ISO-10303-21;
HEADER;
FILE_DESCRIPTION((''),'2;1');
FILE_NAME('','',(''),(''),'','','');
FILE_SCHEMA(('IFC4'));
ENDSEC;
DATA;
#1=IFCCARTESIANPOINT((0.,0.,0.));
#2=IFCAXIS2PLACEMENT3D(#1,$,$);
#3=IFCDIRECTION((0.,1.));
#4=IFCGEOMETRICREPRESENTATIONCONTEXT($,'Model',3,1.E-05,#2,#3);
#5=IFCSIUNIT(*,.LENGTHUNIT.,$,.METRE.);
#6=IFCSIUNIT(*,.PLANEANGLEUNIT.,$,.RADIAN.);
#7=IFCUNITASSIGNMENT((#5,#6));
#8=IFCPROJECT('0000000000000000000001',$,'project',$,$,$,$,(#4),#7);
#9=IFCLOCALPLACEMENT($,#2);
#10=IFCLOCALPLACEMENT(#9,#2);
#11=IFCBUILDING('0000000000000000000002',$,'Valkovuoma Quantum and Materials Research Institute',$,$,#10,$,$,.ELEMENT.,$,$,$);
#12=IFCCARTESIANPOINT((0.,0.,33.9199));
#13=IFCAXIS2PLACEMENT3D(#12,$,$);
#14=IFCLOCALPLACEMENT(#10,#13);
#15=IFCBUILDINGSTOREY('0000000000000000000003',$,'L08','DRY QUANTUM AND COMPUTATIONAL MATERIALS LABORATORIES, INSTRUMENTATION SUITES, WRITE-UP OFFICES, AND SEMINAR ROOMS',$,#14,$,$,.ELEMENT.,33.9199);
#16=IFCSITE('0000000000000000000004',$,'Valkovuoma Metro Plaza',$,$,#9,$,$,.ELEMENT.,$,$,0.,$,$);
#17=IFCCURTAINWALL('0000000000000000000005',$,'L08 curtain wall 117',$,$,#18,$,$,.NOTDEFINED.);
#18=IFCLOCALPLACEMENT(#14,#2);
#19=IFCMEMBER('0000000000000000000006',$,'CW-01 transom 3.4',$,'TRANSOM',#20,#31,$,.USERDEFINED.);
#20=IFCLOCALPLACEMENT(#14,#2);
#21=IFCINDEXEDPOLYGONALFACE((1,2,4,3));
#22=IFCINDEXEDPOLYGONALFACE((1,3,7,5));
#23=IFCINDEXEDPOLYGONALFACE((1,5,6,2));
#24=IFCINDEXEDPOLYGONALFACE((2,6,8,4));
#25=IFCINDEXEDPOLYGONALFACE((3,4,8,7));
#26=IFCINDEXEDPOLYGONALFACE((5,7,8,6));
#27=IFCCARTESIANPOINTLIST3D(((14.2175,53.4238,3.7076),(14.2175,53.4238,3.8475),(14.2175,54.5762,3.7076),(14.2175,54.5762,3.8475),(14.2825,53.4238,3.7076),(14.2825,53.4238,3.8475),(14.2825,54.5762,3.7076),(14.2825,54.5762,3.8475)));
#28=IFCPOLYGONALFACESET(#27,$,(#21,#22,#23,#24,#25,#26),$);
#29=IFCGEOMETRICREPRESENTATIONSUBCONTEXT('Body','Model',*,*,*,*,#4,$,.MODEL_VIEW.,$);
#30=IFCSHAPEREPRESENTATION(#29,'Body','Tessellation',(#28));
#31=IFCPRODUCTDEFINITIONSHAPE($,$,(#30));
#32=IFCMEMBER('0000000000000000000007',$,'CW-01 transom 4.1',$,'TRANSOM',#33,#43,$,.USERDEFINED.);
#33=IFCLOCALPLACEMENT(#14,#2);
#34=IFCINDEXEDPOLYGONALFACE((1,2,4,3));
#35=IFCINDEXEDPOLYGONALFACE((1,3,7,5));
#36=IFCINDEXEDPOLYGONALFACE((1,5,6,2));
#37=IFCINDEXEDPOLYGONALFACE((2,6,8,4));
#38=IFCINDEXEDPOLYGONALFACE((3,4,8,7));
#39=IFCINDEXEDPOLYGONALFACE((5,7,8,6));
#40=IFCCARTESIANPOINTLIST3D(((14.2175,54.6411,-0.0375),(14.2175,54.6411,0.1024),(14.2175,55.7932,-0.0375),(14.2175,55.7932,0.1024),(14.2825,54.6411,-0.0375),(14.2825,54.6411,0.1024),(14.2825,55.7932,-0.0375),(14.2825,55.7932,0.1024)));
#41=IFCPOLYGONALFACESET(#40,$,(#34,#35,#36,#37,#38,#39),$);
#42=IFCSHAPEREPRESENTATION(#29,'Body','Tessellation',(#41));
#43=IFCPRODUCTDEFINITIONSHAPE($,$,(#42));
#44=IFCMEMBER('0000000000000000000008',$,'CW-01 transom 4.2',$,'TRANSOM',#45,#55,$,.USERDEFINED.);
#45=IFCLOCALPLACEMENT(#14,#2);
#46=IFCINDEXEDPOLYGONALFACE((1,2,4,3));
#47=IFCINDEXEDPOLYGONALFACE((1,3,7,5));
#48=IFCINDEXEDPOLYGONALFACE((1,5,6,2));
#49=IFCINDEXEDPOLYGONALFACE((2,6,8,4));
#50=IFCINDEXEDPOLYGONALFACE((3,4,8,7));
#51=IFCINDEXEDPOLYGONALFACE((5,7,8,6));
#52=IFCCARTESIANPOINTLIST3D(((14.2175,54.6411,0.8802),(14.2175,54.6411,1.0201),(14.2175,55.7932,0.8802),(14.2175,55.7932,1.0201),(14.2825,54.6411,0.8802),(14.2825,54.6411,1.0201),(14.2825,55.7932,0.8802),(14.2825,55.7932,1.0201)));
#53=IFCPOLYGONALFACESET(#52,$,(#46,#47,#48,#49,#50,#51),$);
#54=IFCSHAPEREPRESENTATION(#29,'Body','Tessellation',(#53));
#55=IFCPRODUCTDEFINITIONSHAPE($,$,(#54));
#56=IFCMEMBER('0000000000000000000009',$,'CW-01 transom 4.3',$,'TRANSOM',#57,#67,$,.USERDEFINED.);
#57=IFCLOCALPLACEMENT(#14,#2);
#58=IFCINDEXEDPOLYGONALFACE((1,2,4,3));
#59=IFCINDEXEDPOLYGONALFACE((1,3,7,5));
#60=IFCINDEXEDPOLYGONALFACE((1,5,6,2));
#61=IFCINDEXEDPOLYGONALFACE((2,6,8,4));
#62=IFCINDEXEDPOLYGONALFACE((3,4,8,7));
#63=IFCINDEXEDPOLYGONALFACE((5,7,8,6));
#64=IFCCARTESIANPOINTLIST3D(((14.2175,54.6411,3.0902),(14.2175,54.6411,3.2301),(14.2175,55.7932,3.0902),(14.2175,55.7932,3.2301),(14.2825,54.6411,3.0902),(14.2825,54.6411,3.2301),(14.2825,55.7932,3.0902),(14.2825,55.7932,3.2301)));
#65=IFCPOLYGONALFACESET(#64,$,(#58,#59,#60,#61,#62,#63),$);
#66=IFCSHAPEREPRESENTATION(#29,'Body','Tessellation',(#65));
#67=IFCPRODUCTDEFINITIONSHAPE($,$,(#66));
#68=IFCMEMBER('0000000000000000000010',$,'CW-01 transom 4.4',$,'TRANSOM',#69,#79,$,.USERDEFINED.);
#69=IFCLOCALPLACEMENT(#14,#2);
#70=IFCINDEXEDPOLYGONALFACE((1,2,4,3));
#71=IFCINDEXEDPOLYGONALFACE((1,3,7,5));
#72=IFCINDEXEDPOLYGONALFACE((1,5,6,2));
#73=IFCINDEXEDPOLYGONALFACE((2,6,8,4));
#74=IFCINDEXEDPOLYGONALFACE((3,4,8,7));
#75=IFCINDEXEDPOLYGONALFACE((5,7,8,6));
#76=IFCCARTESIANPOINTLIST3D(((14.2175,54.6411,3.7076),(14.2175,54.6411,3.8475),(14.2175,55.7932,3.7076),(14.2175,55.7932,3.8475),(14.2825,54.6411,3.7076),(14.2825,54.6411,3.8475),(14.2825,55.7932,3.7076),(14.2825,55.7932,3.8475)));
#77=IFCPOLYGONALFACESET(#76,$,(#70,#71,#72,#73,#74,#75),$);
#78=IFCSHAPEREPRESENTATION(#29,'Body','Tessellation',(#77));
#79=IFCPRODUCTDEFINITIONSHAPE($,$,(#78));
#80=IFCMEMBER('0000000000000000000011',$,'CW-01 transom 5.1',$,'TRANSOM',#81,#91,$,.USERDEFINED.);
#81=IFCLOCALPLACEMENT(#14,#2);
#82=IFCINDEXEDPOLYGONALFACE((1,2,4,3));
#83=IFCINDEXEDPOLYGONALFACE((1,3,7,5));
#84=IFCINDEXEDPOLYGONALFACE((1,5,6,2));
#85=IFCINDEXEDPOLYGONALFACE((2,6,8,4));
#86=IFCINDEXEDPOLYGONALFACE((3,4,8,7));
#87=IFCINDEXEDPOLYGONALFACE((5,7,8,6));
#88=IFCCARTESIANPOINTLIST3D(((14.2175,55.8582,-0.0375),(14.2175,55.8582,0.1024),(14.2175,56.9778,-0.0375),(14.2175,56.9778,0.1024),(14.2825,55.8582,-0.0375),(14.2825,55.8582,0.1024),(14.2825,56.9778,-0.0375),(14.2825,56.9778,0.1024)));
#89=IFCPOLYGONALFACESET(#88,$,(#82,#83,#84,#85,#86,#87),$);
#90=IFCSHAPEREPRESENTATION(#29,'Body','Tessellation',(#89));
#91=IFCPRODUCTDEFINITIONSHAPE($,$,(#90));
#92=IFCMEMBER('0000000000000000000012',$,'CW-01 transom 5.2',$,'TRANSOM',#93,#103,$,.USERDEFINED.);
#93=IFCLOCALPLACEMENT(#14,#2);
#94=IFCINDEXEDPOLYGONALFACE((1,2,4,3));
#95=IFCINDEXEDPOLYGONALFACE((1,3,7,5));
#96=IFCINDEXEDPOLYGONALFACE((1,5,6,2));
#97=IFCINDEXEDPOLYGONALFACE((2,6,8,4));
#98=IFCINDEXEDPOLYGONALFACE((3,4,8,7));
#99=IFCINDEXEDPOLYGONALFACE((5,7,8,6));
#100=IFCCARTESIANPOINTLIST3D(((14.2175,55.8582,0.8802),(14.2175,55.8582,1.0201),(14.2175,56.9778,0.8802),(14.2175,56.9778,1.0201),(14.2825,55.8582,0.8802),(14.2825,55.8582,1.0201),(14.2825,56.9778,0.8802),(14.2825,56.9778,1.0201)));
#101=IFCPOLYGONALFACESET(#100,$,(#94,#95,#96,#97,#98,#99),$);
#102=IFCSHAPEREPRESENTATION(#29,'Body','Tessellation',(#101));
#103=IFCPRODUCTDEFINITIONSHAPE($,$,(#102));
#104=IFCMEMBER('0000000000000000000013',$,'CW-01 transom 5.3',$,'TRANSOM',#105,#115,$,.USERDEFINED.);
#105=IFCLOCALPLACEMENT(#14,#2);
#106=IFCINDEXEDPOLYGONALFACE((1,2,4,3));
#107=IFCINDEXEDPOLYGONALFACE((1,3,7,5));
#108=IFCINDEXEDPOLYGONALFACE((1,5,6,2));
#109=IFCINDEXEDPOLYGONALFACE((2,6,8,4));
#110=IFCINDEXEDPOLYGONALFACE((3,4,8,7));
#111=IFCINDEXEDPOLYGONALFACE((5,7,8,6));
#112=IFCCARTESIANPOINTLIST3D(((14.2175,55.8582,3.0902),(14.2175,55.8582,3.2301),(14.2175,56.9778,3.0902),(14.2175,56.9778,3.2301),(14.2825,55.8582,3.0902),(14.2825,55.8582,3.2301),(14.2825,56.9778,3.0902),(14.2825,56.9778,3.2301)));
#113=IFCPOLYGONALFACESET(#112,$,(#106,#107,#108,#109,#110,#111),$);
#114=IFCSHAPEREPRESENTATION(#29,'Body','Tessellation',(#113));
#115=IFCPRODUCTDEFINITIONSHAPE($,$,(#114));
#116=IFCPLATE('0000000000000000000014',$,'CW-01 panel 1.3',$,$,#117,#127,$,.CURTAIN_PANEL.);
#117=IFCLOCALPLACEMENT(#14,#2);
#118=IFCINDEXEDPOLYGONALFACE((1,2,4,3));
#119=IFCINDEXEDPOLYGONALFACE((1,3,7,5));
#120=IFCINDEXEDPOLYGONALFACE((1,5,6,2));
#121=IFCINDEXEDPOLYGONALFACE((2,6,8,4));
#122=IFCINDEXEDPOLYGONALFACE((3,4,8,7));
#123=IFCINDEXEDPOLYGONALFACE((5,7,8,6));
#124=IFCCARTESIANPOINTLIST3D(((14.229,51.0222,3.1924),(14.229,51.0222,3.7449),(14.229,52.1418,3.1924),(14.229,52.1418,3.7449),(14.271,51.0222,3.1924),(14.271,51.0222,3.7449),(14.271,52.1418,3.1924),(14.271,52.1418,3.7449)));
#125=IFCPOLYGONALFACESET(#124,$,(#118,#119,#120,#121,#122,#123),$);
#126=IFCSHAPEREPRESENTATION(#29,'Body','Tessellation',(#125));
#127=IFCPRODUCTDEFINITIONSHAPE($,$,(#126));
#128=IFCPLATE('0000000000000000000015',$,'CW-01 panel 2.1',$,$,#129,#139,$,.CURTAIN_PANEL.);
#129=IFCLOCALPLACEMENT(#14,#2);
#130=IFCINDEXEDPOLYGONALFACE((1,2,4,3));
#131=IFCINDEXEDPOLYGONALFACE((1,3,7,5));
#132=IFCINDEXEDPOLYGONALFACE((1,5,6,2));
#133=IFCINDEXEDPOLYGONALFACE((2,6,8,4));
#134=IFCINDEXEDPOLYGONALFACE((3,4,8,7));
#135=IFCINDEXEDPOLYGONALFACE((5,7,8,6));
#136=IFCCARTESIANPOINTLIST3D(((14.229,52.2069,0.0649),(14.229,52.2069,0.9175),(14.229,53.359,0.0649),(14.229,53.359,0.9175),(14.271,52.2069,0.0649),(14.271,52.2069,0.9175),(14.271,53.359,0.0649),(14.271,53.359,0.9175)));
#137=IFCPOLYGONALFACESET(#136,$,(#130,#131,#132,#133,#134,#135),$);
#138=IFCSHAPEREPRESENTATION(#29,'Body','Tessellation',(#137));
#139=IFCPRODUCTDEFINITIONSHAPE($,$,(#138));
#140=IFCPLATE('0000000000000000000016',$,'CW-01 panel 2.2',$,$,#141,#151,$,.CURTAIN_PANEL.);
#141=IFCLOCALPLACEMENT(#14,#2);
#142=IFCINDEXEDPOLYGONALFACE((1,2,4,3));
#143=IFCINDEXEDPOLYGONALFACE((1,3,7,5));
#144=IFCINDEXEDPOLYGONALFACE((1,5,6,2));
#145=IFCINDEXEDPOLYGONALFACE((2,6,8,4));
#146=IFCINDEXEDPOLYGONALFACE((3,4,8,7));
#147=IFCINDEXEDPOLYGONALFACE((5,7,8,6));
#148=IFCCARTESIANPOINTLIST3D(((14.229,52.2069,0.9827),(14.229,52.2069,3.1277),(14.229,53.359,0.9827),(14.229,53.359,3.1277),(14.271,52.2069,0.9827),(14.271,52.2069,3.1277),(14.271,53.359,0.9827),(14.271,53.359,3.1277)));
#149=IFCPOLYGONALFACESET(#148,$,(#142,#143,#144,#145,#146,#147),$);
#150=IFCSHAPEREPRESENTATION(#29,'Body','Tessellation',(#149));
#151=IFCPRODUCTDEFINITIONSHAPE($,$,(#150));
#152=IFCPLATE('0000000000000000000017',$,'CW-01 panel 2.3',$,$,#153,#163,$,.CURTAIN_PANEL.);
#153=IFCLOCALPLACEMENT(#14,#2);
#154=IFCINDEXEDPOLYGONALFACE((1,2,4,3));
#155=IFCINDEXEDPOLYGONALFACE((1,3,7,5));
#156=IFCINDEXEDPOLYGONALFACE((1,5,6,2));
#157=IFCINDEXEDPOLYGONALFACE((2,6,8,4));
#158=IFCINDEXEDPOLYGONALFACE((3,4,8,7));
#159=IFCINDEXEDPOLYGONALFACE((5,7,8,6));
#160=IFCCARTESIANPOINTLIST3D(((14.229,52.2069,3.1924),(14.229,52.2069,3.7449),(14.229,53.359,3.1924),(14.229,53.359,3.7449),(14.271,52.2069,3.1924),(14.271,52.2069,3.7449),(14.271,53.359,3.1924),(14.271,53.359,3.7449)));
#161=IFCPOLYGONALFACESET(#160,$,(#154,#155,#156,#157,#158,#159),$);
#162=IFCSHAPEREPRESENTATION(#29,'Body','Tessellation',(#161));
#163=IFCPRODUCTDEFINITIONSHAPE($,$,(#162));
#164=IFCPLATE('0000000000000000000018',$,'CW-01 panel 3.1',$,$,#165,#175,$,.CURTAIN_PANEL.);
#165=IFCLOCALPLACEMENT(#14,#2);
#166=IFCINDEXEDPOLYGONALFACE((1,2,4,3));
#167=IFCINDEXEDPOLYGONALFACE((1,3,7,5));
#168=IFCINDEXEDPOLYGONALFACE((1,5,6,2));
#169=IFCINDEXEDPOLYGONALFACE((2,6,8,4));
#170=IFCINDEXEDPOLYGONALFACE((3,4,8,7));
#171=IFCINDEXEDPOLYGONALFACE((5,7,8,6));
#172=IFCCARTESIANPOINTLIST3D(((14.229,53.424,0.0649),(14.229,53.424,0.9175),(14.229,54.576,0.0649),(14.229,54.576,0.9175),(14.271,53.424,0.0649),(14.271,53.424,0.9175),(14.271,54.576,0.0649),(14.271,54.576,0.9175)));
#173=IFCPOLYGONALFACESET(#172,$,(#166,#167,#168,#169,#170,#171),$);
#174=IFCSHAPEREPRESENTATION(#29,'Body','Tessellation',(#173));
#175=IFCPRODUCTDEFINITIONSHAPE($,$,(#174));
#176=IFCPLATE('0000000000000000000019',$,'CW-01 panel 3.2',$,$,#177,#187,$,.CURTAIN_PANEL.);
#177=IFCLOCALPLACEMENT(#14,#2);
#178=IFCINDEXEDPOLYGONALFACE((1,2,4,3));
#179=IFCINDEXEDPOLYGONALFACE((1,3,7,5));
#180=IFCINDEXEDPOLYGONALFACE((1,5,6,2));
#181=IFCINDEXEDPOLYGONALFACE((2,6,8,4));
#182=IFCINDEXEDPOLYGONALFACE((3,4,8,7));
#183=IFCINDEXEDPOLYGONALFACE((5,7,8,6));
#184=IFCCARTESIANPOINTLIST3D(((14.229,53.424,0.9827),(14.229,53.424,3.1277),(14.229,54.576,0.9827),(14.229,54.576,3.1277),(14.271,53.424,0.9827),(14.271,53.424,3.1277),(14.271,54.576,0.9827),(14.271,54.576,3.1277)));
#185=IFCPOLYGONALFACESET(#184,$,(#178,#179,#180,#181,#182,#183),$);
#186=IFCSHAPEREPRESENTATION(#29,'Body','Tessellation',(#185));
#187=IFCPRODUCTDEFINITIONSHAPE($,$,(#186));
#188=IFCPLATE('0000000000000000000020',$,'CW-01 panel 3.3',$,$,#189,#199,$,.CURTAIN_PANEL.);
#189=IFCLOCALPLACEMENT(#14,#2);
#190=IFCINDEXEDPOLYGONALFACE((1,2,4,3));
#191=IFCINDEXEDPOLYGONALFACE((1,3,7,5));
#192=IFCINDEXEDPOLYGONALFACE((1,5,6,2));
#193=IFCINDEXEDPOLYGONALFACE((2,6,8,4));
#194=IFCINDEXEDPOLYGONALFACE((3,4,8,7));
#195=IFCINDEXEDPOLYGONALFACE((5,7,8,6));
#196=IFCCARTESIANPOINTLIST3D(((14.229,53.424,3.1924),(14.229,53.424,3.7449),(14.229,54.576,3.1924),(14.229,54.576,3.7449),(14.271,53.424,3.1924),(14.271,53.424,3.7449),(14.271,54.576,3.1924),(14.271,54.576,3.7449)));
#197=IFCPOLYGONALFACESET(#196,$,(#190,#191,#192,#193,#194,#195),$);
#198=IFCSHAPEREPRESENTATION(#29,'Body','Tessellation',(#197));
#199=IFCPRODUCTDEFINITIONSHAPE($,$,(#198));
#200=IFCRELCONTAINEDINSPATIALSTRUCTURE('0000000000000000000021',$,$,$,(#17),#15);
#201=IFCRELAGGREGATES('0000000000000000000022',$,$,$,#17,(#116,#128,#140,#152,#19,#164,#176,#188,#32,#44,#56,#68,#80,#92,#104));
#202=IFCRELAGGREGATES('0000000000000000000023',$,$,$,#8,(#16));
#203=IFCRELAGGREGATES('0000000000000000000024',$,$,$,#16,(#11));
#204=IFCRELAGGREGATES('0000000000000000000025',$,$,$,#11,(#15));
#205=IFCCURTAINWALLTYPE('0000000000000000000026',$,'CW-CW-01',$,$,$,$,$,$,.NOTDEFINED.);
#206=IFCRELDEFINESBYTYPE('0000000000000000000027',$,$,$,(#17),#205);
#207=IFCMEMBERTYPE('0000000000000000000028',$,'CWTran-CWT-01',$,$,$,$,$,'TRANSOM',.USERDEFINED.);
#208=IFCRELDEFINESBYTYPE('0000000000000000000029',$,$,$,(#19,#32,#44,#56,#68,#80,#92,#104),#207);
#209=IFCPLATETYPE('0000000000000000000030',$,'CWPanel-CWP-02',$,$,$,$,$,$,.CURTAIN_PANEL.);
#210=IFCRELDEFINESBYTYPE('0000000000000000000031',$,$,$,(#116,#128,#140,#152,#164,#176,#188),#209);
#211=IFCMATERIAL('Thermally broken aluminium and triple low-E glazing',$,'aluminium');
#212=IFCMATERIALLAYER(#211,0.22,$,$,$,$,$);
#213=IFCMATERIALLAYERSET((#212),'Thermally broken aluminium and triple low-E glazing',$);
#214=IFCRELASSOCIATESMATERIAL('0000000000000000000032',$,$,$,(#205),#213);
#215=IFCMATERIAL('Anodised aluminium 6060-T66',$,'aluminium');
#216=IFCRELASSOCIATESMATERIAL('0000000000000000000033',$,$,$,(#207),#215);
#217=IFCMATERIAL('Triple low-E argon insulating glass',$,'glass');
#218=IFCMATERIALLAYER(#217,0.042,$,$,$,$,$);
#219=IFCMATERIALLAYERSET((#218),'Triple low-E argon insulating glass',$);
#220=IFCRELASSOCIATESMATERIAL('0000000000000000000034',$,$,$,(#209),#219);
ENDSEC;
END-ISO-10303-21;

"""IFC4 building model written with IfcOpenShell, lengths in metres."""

from ifc_helpers import new_model, si_unit, direction, frame, origin, origin_2d, place, context, subcontext, project, spatial, rectangle, extrude, material, layer, layer_set, material_profile, profile_set, type_object, element, aggregate, save


model = new_model("IFC4")

# Units and contexts
model_context = context("Model", 3, precision=1e-05, world=origin(), true_north=direction((0.0, 1.0)))
body_context = subcontext(model_context, "Body", "Model", "MODEL_VIEW")
ifc_project = project(units=[si_unit("LENGTHUNIT", "METRE"), si_unit("PLANEANGLEUNIT", "RADIAN")], contexts=[model_context])

# Site, building, storey
site_placement = place(None, origin())
site = spatial("IfcSite", under=ifc_project, at=site_placement, Name="Valkovuoma Metro Plaza", CompositionType="ELEMENT", RefElevation=0.0)
building_placement = place(site_placement, origin())
building = spatial("IfcBuilding", under=site, at=building_placement, Name="Valkovuoma Quantum and Materials Research Institute", CompositionType="ELEMENT")
storey_placement = place(building_placement, frame((0.0, 0.0, 33.9199)))
storey = spatial("IfcBuildingStorey", under=building, at=storey_placement, Name="L08", Description="DRY QUANTUM AND COMPUTATIONAL MATERIALS LABORATORIES, INSTRUMENTATION SUITES, WRITE-UP OFFICES, AND SEMINAR ROOMS", CompositionType="ELEMENT", Elevation=33.9199)

# Curtain wall, members, plates
ifc_material_1 = material(Name="Thermally broken aluminium and triple low-E glazing", Category="aluminium")
ifc_layer_1 = layer(ifc_material_1, 0.22)
ifc_layer_set_1 = layer_set([ifc_layer_1], Name="Thermally broken aluminium and triple low-E glazing")
curtain_wall_type = type_object("IfcCurtainWallType", Name="CW-CW-01", PredefinedType="NOTDEFINED", material=ifc_layer_set_1)
curtain_wall_placement = place(storey_placement, origin())
curtain_wall = element("IfcCurtainWall", 1, at=curtain_wall_placement, inside=storey, type_object=curtain_wall_type, Name="L08 curtain wall 117", PredefinedType="NOTDEFINED")
ifc_material_2 = material(Name="Anodised aluminium 6060-T66", Category="aluminium")
ifc_material_profile_1 = material_profile(ifc_material_2, rectangle(XDim=0.0649, YDim=0.1399, at=origin_2d()), Name="Anodised aluminium 6060-T66")
ifc_profile_set_1 = profile_set([ifc_material_profile_1], Name="Anodised aluminium 6060-T66")
member_type_1 = type_object("IfcMemberType", Name="CWTran-CWT-01", ElementType="TRANSOM", PredefinedType="USERDEFINED", material=ifc_profile_set_1)
member_1_placement = place(storey_placement, frame((14.25, 53.4238, 3.7776), z_axis=(0.0, 1.0, 0.0), x_axis=(-1.0, 0.0, 0.0)))
member_1 = element("IfcMember", 2, at=member_1_placement, type_object=member_type_1, Name="CW-01 transom 3.4", ObjectType="TRANSOM", PredefinedType="USERDEFINED", context=body_context, shape_type="SweptSolid", body=[
    extrude(rectangle(XDim=0.0649, YDim=0.1399, at=origin_2d()), origin(), (0.0, 0.0, 1.0), 1.1523),
])
member_2_placement = place(storey_placement, frame((14.25, 54.6411, 0.0325), z_axis=(0.0, 1.0, 0.0), x_axis=(-1.0, 0.0, 0.0)))
member_2 = element("IfcMember", 3, at=member_2_placement, type_object=member_type_1, Name="CW-01 transom 4.1", ObjectType="TRANSOM", PredefinedType="USERDEFINED", context=body_context, shape_type="SweptSolid", body=[
    extrude(rectangle(XDim=0.0649, YDim=0.1399, at=origin_2d()), origin(), (0.0, 0.0, 1.0), 1.1521),
])
member_3_placement = place(storey_placement, frame((14.25, 54.6411, 0.9502), z_axis=(0.0, 1.0, 0.0), x_axis=(-1.0, 0.0, 0.0)))
member_3 = element("IfcMember", 4, at=member_3_placement, type_object=member_type_1, Name="CW-01 transom 4.2", ObjectType="TRANSOM", PredefinedType="USERDEFINED", context=body_context, shape_type="SweptSolid", body=[
    extrude(rectangle(XDim=0.0649, YDim=0.1399, at=origin_2d()), origin(), (0.0, 0.0, 1.0), 1.1521),
])
member_4_placement = place(storey_placement, frame((14.25, 54.6411, 3.1602), z_axis=(0.0, 1.0, 0.0), x_axis=(-1.0, 0.0, 0.0)))
member_4 = element("IfcMember", 5, at=member_4_placement, type_object=member_type_1, Name="CW-01 transom 4.3", ObjectType="TRANSOM", PredefinedType="USERDEFINED", context=body_context, shape_type="SweptSolid", body=[
    extrude(rectangle(XDim=0.0649, YDim=0.1399, at=origin_2d()), origin(), (0.0, 0.0, 1.0), 1.1521),
])
member_5_placement = place(storey_placement, frame((14.25, 54.6411, 3.7776), z_axis=(0.0, 1.0, 0.0), x_axis=(-1.0, 0.0, 0.0)))
member_5 = element("IfcMember", 6, at=member_5_placement, type_object=member_type_1, Name="CW-01 transom 4.4", ObjectType="TRANSOM", PredefinedType="USERDEFINED", context=body_context, shape_type="SweptSolid", body=[
    extrude(rectangle(XDim=0.0649, YDim=0.1399, at=origin_2d()), origin(), (0.0, 0.0, 1.0), 1.1521),
])
member_6_placement = place(storey_placement, frame((14.25, 55.8582, 0.0325), z_axis=(0.0, 1.0, 0.0), x_axis=(-1.0, 0.0, 0.0)))
member_6 = element("IfcMember", 7, at=member_6_placement, type_object=member_type_1, Name="CW-01 transom 5.1", ObjectType="TRANSOM", PredefinedType="USERDEFINED", context=body_context, shape_type="SweptSolid", body=[
    extrude(rectangle(XDim=0.0649, YDim=0.1399, at=origin_2d()), origin(), (0.0, 0.0, 1.0), 1.1196),
])
member_7_placement = place(storey_placement, frame((14.25, 55.8582, 0.9502), z_axis=(0.0, 1.0, 0.0), x_axis=(-1.0, 0.0, 0.0)))
member_7 = element("IfcMember", 8, at=member_7_placement, type_object=member_type_1, Name="CW-01 transom 5.2", ObjectType="TRANSOM", PredefinedType="USERDEFINED", context=body_context, shape_type="SweptSolid", body=[
    extrude(rectangle(XDim=0.0649, YDim=0.1399, at=origin_2d()), origin(), (0.0, 0.0, 1.0), 1.1196),
])
member_8_placement = place(storey_placement, frame((14.25, 55.8582, 3.1602), z_axis=(0.0, 1.0, 0.0), x_axis=(-1.0, 0.0, 0.0)))
member_8 = element("IfcMember", 9, at=member_8_placement, type_object=member_type_1, Name="CW-01 transom 5.3", ObjectType="TRANSOM", PredefinedType="USERDEFINED", context=body_context, shape_type="SweptSolid", body=[
    extrude(rectangle(XDim=0.0649, YDim=0.1399, at=origin_2d()), origin(), (0.0, 0.0, 1.0), 1.1196),
])
ifc_material_3 = material(Name="Triple low-E argon insulating glass", Category="glass")
ifc_layer_2 = layer(ifc_material_3, 0.042)
ifc_layer_set_2 = layer_set([ifc_layer_2], Name="Triple low-E argon insulating glass")
plate_type = type_object("IfcPlateType", Name="CWPanel-CWP-02", PredefinedType="CURTAIN_PANEL", material=ifc_layer_set_2)
plate_1_placement = place(storey_placement, frame((14.25, 51.582, 3.1924), z_axis=(0.0, 0.0, 1.0), x_axis=(0.0, 1.0, 0.0)))
plate_1 = element("IfcPlate", 10, at=plate_1_placement, type_object=plate_type, Name="CW-01 panel 1.3", PredefinedType="CURTAIN_PANEL", context=body_context, shape_type="SweptSolid", body=[
    extrude(rectangle(XDim=1.1196, YDim=0.042, at=origin_2d()), origin(), (0.0, 0.0, 1.0), 0.5525),
])
plate_2_placement = place(storey_placement, frame((14.25, 52.783, 0.0649), z_axis=(0.0, 0.0, 1.0), x_axis=(0.0, 1.0, 0.0)))
plate_2 = element("IfcPlate", 11, at=plate_2_placement, type_object=plate_type, Name="CW-01 panel 2.1", PredefinedType="CURTAIN_PANEL", context=body_context, shape_type="SweptSolid", body=[
    extrude(rectangle(XDim=1.1521, YDim=0.042, at=origin_2d()), origin(), (0.0, 0.0, 1.0), 0.8525),
])
plate_3_placement = place(storey_placement, frame((14.25, 52.783, 0.9827), z_axis=(0.0, 0.0, 1.0), x_axis=(0.0, 1.0, 0.0)))
plate_3 = element("IfcPlate", 12, at=plate_3_placement, type_object=plate_type, Name="CW-01 panel 2.2", PredefinedType="CURTAIN_PANEL", context=body_context, shape_type="SweptSolid", body=[
    extrude(rectangle(XDim=1.1521, YDim=0.042, at=origin_2d()), origin(), (0.0, 0.0, 1.0), 2.145),
])
plate_4_placement = place(storey_placement, frame((14.25, 52.783, 3.1924), z_axis=(0.0, 0.0, 1.0), x_axis=(0.0, 1.0, 0.0)))
plate_4 = element("IfcPlate", 13, at=plate_4_placement, type_object=plate_type, Name="CW-01 panel 2.3", PredefinedType="CURTAIN_PANEL", context=body_context, shape_type="SweptSolid", body=[
    extrude(rectangle(XDim=1.1521, YDim=0.042, at=origin_2d()), origin(), (0.0, 0.0, 1.0), 0.5525),
])
plate_5_placement = place(storey_placement, frame((14.25, 54.0, 0.0649), z_axis=(0.0, 0.0, 1.0), x_axis=(0.0, 1.0, 0.0)))
plate_5 = element("IfcPlate", 14, at=plate_5_placement, type_object=plate_type, Name="CW-01 panel 3.1", PredefinedType="CURTAIN_PANEL", context=body_context, shape_type="SweptSolid", body=[
    extrude(rectangle(XDim=1.1521, YDim=0.042, at=origin_2d()), origin(), (0.0, 0.0, 1.0), 0.8525),
])
plate_6_placement = place(storey_placement, frame((14.25, 54.0, 0.9827), z_axis=(0.0, 0.0, 1.0), x_axis=(0.0, 1.0, 0.0)))
plate_6 = element("IfcPlate", 15, at=plate_6_placement, type_object=plate_type, Name="CW-01 panel 3.2", PredefinedType="CURTAIN_PANEL", context=body_context, shape_type="SweptSolid", body=[
    extrude(rectangle(XDim=1.1521, YDim=0.042, at=origin_2d()), origin(), (0.0, 0.0, 1.0), 2.145),
])
plate_7_placement = place(storey_placement, frame((14.25, 54.0, 3.1924), z_axis=(0.0, 0.0, 1.0), x_axis=(0.0, 1.0, 0.0)))
plate_7 = element("IfcPlate", 16, at=plate_7_placement, type_object=plate_type, Name="CW-01 panel 3.3", PredefinedType="CURTAIN_PANEL", context=body_context, shape_type="SweptSolid", body=[
    extrude(rectangle(XDim=1.1521, YDim=0.042, at=origin_2d()), origin(), (0.0, 0.0, 1.0), 0.5525),
])
aggregate(curtain_wall, [plate_1, plate_2, plate_3, plate_4, member_1, plate_5, plate_6, plate_7, member_2, member_3, member_4, member_5, member_6, member_7, member_8])

save(model, "model.ifc")
